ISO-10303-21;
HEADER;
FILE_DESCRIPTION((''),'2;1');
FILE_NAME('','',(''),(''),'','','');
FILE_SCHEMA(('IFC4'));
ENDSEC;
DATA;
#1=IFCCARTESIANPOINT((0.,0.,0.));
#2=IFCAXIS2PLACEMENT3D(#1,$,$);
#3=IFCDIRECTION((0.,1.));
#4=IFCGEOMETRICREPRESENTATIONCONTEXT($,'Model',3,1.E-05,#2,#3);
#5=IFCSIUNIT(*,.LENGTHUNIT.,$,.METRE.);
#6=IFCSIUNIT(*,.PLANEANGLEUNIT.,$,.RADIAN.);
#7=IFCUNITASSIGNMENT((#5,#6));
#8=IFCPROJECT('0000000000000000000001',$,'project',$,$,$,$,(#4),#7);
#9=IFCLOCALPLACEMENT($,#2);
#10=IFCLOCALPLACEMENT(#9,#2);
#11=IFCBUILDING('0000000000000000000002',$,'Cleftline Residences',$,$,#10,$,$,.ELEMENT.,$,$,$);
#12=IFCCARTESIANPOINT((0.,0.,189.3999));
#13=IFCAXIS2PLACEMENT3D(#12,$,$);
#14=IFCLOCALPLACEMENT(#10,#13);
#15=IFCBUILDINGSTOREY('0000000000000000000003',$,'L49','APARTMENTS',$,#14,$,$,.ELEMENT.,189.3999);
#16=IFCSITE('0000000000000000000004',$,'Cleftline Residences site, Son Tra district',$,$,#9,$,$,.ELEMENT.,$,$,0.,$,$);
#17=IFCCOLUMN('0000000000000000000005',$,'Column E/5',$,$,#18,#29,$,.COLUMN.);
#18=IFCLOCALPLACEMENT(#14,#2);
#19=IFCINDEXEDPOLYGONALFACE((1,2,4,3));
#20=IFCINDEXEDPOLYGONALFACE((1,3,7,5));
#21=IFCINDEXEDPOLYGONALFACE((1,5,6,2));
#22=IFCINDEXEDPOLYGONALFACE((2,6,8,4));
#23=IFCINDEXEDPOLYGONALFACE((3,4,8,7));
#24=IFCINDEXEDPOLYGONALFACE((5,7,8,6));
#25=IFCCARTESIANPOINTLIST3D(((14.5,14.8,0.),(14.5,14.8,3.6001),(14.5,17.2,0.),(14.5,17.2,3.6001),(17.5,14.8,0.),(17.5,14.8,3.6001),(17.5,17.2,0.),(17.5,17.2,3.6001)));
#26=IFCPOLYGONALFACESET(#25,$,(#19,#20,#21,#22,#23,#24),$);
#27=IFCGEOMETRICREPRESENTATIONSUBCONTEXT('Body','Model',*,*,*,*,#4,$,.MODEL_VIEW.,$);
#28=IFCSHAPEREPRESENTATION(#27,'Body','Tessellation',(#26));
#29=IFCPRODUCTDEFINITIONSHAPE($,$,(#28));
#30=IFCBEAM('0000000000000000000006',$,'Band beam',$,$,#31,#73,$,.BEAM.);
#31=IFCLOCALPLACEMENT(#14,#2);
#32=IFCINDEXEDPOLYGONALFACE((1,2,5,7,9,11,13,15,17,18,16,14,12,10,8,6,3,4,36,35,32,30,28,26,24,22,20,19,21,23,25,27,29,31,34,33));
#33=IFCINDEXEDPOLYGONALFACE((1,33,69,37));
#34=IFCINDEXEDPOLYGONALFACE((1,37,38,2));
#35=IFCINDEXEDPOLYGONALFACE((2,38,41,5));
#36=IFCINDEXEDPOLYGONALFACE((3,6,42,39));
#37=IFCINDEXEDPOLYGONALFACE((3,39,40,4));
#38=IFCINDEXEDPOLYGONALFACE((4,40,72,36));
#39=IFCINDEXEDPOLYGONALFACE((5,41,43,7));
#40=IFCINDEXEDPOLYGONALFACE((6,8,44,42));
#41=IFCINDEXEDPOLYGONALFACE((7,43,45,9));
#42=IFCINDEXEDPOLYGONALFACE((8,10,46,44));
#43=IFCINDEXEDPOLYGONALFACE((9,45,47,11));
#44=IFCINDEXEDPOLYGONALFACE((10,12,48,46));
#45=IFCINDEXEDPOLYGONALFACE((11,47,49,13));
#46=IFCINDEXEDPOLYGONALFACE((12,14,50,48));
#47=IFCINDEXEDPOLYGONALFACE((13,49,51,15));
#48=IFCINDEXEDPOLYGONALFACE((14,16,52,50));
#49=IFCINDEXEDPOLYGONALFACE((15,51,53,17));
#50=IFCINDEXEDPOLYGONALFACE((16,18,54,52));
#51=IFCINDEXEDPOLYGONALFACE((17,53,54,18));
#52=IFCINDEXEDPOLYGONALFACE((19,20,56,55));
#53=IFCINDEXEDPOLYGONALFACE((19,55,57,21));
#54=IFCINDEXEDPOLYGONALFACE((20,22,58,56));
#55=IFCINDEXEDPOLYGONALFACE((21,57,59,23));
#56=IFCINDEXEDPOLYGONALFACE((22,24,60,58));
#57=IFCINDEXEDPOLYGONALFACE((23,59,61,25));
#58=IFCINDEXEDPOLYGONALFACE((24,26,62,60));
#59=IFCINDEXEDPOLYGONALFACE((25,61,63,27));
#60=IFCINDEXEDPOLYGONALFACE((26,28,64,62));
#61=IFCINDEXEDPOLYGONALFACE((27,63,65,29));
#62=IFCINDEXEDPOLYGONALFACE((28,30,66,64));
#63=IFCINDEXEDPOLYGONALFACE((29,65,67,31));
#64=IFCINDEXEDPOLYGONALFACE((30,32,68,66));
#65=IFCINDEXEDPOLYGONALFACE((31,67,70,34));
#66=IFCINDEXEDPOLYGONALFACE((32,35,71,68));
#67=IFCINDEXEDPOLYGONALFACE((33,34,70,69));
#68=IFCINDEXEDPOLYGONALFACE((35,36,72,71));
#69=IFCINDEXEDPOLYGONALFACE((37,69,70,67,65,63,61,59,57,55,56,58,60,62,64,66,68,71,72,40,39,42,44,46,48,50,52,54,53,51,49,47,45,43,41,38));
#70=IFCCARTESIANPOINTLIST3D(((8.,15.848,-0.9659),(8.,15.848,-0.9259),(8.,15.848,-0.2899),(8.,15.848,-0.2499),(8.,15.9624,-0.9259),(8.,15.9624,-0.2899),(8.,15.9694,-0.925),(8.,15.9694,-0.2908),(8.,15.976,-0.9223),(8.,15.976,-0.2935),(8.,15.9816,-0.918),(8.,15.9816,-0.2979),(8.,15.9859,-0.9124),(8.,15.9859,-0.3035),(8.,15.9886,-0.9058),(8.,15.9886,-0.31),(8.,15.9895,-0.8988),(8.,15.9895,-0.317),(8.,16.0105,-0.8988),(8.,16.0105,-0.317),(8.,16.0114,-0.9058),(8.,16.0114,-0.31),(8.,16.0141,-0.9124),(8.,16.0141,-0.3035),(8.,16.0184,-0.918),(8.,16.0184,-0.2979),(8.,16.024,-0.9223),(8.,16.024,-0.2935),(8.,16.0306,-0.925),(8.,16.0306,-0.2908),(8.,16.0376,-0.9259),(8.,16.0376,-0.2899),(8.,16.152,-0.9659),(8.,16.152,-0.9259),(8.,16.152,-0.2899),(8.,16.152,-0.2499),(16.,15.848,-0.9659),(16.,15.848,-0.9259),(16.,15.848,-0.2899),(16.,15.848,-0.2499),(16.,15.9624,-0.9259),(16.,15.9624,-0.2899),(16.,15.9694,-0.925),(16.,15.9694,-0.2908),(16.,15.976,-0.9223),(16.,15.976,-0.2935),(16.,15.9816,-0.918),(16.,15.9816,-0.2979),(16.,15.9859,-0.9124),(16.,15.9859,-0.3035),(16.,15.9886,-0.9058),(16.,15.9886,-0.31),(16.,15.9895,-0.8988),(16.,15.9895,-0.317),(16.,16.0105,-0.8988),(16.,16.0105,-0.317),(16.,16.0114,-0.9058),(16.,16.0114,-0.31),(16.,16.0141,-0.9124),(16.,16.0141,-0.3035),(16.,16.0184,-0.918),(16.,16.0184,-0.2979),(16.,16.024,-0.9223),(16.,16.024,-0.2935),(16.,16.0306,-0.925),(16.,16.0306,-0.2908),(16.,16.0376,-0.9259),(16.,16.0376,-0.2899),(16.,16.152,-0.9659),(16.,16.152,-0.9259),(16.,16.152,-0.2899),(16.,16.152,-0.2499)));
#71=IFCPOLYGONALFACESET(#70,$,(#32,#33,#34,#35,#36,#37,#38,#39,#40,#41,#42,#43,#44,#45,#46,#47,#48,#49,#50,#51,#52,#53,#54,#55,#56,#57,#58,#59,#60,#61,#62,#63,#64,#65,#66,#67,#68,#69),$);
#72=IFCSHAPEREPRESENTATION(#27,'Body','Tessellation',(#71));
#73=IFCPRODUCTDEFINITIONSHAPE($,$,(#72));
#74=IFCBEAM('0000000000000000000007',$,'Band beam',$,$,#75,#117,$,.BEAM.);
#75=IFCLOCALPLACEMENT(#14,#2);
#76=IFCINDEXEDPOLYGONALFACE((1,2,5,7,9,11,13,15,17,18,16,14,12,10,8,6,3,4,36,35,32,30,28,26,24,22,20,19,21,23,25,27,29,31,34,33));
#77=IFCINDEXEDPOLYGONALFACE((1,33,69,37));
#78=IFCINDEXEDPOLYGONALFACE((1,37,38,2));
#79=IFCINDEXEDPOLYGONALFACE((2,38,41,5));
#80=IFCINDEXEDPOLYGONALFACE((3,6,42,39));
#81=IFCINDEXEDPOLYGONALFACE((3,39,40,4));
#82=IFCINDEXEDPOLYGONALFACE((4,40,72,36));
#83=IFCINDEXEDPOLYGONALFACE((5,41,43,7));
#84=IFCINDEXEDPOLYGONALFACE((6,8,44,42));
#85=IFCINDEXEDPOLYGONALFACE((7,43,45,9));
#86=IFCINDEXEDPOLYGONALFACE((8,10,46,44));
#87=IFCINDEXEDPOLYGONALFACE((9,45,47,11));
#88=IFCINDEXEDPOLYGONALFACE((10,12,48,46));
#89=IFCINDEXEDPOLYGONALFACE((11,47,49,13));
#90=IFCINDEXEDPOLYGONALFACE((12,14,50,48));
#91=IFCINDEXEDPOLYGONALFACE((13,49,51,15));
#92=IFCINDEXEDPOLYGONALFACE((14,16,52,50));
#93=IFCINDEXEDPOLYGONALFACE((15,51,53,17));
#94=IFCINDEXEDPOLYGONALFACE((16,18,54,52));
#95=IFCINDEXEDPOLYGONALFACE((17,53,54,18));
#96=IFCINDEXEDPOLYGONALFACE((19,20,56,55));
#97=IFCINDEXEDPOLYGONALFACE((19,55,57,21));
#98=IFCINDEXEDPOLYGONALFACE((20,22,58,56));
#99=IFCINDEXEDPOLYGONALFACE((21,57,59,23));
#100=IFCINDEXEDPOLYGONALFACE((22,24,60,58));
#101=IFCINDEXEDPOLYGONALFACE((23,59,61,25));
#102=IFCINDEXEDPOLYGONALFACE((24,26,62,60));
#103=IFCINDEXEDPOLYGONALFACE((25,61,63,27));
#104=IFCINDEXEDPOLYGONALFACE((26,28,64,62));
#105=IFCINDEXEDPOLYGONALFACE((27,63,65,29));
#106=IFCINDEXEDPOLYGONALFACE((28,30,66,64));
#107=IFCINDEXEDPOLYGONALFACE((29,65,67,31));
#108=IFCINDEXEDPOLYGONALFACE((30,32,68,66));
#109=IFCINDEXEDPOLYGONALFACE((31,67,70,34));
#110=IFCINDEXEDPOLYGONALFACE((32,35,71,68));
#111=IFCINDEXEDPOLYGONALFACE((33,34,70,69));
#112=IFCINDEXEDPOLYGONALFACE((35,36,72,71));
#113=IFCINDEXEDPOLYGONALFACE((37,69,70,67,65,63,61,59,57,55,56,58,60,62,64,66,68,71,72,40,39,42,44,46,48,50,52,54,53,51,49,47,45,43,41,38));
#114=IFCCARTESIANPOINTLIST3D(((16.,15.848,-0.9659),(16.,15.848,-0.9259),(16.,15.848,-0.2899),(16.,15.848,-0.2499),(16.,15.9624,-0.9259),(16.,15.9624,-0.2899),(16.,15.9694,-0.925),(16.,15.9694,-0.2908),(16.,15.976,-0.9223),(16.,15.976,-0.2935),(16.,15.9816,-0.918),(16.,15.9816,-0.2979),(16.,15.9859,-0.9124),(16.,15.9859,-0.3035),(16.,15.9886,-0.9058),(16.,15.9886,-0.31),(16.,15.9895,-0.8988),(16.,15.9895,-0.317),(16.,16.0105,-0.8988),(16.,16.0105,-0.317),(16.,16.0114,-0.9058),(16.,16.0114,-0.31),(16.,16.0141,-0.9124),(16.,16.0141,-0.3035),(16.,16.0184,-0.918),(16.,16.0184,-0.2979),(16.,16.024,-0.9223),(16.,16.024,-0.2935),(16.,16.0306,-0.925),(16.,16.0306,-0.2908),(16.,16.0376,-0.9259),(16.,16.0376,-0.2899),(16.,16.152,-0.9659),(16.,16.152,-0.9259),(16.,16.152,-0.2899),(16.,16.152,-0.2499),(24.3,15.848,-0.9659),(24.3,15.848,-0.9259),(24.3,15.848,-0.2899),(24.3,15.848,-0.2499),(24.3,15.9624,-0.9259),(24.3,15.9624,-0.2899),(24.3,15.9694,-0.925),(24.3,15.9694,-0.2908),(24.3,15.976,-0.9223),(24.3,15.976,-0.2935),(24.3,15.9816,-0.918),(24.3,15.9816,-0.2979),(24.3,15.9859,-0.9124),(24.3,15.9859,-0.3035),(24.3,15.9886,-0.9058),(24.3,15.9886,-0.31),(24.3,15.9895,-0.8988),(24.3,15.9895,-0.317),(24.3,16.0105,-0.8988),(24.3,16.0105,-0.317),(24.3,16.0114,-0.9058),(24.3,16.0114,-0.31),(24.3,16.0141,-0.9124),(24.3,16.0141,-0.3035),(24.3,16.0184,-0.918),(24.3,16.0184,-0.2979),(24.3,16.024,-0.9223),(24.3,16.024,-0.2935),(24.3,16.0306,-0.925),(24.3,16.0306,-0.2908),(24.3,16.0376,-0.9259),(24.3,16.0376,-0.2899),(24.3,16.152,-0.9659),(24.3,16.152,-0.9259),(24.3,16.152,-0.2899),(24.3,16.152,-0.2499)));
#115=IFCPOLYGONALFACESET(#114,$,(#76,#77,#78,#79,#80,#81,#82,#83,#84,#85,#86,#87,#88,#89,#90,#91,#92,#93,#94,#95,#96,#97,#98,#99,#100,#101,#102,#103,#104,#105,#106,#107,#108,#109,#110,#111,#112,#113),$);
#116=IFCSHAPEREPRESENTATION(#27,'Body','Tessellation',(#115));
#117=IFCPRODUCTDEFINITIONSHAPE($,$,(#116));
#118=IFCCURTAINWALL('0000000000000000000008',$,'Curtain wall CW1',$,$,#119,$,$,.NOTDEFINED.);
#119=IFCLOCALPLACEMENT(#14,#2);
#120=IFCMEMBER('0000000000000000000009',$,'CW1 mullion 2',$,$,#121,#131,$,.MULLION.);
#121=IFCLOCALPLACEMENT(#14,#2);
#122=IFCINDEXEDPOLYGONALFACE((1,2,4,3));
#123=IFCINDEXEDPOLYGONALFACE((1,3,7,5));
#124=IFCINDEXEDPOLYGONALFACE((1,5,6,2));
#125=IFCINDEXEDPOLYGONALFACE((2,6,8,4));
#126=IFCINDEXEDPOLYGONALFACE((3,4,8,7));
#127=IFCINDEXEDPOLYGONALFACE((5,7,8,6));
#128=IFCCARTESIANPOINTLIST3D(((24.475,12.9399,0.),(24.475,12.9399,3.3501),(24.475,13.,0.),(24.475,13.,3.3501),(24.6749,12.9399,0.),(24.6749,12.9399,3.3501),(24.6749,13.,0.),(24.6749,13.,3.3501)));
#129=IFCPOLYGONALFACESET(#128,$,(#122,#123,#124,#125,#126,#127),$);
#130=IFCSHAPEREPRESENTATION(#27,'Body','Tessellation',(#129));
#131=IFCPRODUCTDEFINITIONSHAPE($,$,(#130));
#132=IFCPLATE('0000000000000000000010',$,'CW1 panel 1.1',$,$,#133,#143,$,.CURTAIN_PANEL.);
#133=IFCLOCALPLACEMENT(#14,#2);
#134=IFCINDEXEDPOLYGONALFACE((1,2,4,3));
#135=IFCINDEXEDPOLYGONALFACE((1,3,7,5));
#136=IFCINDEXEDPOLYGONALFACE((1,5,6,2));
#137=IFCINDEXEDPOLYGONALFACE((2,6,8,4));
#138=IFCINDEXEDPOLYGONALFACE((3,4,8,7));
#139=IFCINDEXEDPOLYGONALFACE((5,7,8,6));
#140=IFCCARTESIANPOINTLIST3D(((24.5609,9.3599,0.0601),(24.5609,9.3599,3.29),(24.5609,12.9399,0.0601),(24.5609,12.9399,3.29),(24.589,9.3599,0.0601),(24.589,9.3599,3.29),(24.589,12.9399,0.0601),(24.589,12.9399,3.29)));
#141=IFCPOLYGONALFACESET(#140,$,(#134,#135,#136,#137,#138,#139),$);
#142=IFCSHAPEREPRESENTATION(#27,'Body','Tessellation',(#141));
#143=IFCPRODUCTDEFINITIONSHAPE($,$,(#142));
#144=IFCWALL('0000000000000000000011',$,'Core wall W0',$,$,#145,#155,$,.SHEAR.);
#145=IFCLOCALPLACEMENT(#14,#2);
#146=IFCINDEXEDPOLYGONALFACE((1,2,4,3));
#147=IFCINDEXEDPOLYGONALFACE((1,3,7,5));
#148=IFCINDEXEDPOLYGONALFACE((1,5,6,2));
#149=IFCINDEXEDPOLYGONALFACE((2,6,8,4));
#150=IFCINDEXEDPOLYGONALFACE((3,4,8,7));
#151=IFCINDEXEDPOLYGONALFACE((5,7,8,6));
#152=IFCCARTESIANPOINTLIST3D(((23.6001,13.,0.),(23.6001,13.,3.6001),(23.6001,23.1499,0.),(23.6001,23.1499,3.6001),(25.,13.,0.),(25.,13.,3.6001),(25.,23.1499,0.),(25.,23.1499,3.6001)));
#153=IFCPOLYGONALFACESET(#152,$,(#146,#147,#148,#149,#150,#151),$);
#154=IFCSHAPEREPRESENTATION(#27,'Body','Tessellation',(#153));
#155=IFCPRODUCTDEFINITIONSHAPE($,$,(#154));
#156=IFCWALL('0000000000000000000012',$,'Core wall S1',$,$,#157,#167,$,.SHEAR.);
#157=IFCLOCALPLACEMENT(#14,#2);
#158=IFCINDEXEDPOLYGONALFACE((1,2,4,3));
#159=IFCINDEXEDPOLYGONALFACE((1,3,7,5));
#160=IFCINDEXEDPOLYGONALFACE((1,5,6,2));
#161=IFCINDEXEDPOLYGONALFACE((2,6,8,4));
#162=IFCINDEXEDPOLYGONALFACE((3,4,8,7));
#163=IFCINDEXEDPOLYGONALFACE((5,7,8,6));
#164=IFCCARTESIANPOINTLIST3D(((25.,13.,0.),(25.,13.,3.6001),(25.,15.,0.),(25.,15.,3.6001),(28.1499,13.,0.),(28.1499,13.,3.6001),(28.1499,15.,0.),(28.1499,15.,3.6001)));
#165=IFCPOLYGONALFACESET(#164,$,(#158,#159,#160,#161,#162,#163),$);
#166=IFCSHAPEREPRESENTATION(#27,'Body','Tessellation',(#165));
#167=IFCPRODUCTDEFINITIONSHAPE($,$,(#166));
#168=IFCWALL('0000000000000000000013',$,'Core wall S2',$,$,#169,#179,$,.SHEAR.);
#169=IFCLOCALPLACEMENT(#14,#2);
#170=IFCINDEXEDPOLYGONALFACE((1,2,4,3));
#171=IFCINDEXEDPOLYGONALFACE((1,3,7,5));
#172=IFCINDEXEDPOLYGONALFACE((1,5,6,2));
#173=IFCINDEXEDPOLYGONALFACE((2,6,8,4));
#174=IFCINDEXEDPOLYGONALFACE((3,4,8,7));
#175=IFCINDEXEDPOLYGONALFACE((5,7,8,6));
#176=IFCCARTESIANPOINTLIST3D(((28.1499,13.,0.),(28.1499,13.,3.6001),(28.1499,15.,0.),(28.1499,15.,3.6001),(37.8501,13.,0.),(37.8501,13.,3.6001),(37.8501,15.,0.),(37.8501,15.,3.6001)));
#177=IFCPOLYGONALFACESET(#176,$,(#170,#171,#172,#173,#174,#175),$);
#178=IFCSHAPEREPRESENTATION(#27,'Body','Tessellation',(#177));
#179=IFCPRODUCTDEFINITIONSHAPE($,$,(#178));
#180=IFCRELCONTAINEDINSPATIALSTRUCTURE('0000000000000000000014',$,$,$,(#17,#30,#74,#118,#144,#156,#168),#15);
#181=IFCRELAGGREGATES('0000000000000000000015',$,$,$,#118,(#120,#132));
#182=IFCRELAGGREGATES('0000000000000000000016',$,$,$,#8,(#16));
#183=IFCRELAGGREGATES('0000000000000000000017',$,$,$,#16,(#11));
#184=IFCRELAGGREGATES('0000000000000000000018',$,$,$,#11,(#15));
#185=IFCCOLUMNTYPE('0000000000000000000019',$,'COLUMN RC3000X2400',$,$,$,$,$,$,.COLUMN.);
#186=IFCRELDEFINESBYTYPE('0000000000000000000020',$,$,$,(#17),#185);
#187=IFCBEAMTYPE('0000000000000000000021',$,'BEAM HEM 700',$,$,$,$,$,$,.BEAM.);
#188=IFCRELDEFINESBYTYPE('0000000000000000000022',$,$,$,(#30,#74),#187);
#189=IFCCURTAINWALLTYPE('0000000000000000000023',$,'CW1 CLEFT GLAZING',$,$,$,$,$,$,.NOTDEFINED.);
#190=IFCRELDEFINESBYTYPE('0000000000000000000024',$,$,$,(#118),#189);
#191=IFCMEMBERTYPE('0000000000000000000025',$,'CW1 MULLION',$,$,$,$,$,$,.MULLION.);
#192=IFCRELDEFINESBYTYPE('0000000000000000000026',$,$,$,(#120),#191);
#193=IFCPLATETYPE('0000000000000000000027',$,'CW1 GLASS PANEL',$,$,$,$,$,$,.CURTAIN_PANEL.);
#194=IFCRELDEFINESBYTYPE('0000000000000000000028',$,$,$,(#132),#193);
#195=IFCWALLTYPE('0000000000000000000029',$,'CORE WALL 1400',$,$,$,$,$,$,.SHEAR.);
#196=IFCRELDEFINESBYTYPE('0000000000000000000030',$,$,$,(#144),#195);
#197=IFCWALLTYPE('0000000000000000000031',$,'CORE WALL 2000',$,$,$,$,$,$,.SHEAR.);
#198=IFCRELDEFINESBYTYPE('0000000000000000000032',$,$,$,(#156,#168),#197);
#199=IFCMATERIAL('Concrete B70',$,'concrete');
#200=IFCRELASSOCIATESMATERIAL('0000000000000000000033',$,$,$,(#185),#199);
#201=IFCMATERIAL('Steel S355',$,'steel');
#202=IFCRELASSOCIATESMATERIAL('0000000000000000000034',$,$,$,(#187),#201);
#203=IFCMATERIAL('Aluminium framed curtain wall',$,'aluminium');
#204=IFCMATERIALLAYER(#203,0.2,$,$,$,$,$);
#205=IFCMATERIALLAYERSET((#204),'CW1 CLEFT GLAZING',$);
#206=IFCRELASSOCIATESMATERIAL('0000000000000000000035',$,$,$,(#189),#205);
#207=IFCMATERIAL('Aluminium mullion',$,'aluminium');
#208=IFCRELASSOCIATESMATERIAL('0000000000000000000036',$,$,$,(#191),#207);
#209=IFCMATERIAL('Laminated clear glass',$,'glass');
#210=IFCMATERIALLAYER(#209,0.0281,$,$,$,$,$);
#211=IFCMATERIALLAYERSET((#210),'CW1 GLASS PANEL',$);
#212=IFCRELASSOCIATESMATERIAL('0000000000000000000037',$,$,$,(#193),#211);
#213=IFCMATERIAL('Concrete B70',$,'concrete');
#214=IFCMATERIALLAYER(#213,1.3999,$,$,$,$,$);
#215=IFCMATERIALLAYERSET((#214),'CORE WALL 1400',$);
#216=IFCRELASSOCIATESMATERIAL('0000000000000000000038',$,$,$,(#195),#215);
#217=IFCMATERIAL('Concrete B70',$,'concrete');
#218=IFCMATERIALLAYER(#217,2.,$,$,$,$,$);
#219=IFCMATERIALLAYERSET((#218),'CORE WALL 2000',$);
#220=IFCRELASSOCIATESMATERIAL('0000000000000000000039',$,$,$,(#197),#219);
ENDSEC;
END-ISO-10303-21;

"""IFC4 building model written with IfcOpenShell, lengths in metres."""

from ifc_helpers import new_model, si_unit, direction, frame, frame_2d, origin, origin_2d, place, context, subcontext, project, spatial, rectangle, i_section, extrude, material, layer, layer_set, material_profile, profile_set, type_object, element, aggregate, save


model = new_model("IFC4")

# Units and contexts
model_context = context("Model", 3, precision=1e-05, world=origin(), true_north=direction((0.0, 1.0)))
body_context = subcontext(model_context, "Body", "Model", "MODEL_VIEW")
ifc_project = project(units=[si_unit("LENGTHUNIT", "METRE"), si_unit("PLANEANGLEUNIT", "RADIAN")], contexts=[model_context])

# Site, building, storey
site_placement = place(None, origin())
site = spatial("IfcSite", under=ifc_project, at=site_placement, Name="Cleftline Residences site, Son Tra district", CompositionType="ELEMENT", RefElevation=0.0)
building_placement = place(site_placement, origin())
building = spatial("IfcBuilding", under=site, at=building_placement, Name="Cleftline Residences", CompositionType="ELEMENT")
storey_placement = place(building_placement, frame((0.0, 0.0, 189.3999)))
storey = spatial("IfcBuildingStorey", under=building, at=storey_placement, Name="L49", Description="APARTMENTS", CompositionType="ELEMENT", Elevation=189.3999)

# Column
ifc_material_1 = material(Name="Concrete B70", Category="concrete")
ifc_material_profile_1 = material_profile(ifc_material_1, rectangle(XDim=3.0, YDim=2.3999, at=origin_2d()))
ifc_profile_set_1 = profile_set([ifc_material_profile_1], Name="Concrete B70")
column_type = type_object("IfcColumnType", Name="COLUMN RC3000X2400", PredefinedType="COLUMN", material=ifc_profile_set_1)
column_placement = place(storey_placement, frame((16.0, 16.0, 0.0), z_axis=(0.0, 0.0, 1.0), x_axis=(1.0, 0.0, 0.0)))
element("IfcColumn", 1, at=column_placement, inside=storey, type_object=column_type, Name="Column E/5", PredefinedType="COLUMN", context=body_context, shape_type="SweptSolid", body=[
    extrude(rectangle(XDim=3.0, YDim=2.3999, at=origin_2d()), origin(), (0.0, 0.0, 1.0), 3.6001),
])

# Beams
ifc_material_2 = material(Name="Steel S355", Category="steel")
ifc_material_profile_2 = material_profile(ifc_material_2, i_section(OverallWidth=0.304, OverallDepth=0.7161, WebThickness=0.021, FlangeThickness=0.04, FilletRadius=0.0271, at=origin_2d()))
ifc_profile_set_2 = profile_set([ifc_material_profile_2], Name="Steel S355")
beam_type = type_object("IfcBeamType", Name="BEAM HEM 700", PredefinedType="BEAM", material=ifc_profile_set_2)
beam_1_placement = place(storey_placement, frame((8.0, 16.0, -0.6079), z_axis=(1.0, 0.0, 0.0), x_axis=(0.0, 1.0, 0.0)))
element("IfcBeam", 2, at=beam_1_placement, inside=storey, type_object=beam_type, Name="Band beam", PredefinedType="BEAM", context=body_context, shape_type="SweptSolid", body=[
    extrude(i_section(OverallWidth=0.304, OverallDepth=0.7161, WebThickness=0.021, FlangeThickness=0.04, FilletRadius=0.0271, at=origin_2d()), origin(), (0.0, 0.0, 1.0), 8.0),
])
beam_2_placement = place(storey_placement, frame((16.0, 16.0, -0.6079), z_axis=(1.0, 0.0, 0.0), x_axis=(0.0, 1.0, 0.0)))
element("IfcBeam", 3, at=beam_2_placement, inside=storey, type_object=beam_type, Name="Band beam", PredefinedType="BEAM", context=body_context, shape_type="SweptSolid", body=[
    extrude(i_section(OverallWidth=0.304, OverallDepth=0.7161, WebThickness=0.021, FlangeThickness=0.04, FilletRadius=0.0271, at=origin_2d()), origin(), (0.0, 0.0, 1.0), 8.3),
])

# Curtain wall, member, plate
ifc_material_3 = material(Name="Aluminium framed curtain wall", Category="aluminium")
ifc_layer_1 = layer(ifc_material_3, 0.2)
ifc_layer_set_1 = layer_set([ifc_layer_1], Name="CW1 CLEFT GLAZING")
curtain_wall_type = type_object("IfcCurtainWallType", Name="CW1 CLEFT GLAZING", PredefinedType="NOTDEFINED", material=ifc_layer_set_1)
curtain_wall_placement = place(storey_placement, origin())
curtain_wall = element("IfcCurtainWall", 4, at=curtain_wall_placement, inside=storey, type_object=curtain_wall_type, Name="Curtain wall CW1", PredefinedType="NOTDEFINED")
ifc_material_4 = material(Name="Aluminium mullion", Category="aluminium")
ifc_material_profile_3 = material_profile(ifc_material_4, rectangle(XDim=0.2, YDim=0.0601, at=origin_2d()))
ifc_profile_set_3 = profile_set([ifc_material_profile_3], Name="Aluminium mullion")
member_type = type_object("IfcMemberType", Name="CW1 MULLION", PredefinedType="MULLION", material=ifc_profile_set_3)
member_placement = place(storey_placement, frame((24.575, 12.97, 0.0), z_axis=(0.0, 0.0, 1.0), x_axis=(-1.0, 0.0, 0.0)))
member = element("IfcMember", 5, at=member_placement, type_object=member_type, Name="CW1 mullion 2", PredefinedType="MULLION", context=body_context, shape_type="SweptSolid", body=[
    extrude(rectangle(XDim=0.2, YDim=0.0601, at=origin_2d()), origin(), (0.0, 0.0, 1.0), 3.3501),
])
ifc_material_5 = material(Name="Laminated clear glass", Category="glass")
ifc_layer_2 = layer(ifc_material_5, 0.0281)
ifc_layer_set_2 = layer_set([ifc_layer_2], Name="CW1 GLASS PANEL")
plate_type = type_object("IfcPlateType", Name="CW1 GLASS PANEL", PredefinedType="CURTAIN_PANEL", material=ifc_layer_set_2)
plate_placement = place(storey_placement, frame((24.575, 11.1499, 0.0601), z_axis=(0.0, 0.0, 1.0), x_axis=(0.0, 1.0, 0.0)))
plate = element("IfcPlate", 6, at=plate_placement, type_object=plate_type, Name="CW1 panel 1.1", PredefinedType="CURTAIN_PANEL", context=body_context, shape_type="SweptSolid", body=[
    extrude(rectangle(XDim=3.5801, YDim=0.0281, at=origin_2d()), origin(), (0.0, 0.0, 1.0), 3.23),
])
aggregate(curtain_wall, [member, plate])

# Wall
ifc_material_6 = material(Name="Concrete B70", Category="concrete")
ifc_layer_3 = layer(ifc_material_6, 1.3999)
ifc_layer_set_3 = layer_set([ifc_layer_3], Name="CORE WALL 1400")
wall_type_1 = type_object("IfcWallType", Name="CORE WALL 1400", PredefinedType="SHEAR", material=ifc_layer_set_3)
wall_1_placement = place(storey_placement, frame((24.3, 13.0, 0.0), z_axis=(0.0, 0.0, 1.0), x_axis=(0.0, 1.0, 0.0)))
element("IfcWall", 7, at=wall_1_placement, inside=storey, type_object=wall_type_1, Name="Core wall W0", PredefinedType="SHEAR", context=body_context, shape_type="SweptSolid", body=[
    extrude(rectangle(XDim=10.1499, YDim=1.3999, at=frame_2d((5.075, 0.0))), origin(), (0.0, 0.0, 1.0), 3.6001),
])

# Walls
ifc_material_7 = material(Name="Concrete B70", Category="concrete")
ifc_layer_4 = layer(ifc_material_7, 2.0)
ifc_layer_set_4 = layer_set([ifc_layer_4], Name="CORE WALL 2000")
wall_type_2 = type_object("IfcWallType", Name="CORE WALL 2000", PredefinedType="SHEAR", material=ifc_layer_set_4)
wall_2_placement = place(storey_placement, frame((25.0, 14.0, 0.0), z_axis=(0.0, 0.0, 1.0), x_axis=(1.0, 0.0, 0.0)))
element("IfcWall", 8, at=wall_2_placement, inside=storey, type_object=wall_type_2, Name="Core wall S1", PredefinedType="SHEAR", context=body_context, shape_type="SweptSolid", body=[
    extrude(rectangle(XDim=3.1499, YDim=2.0, at=frame_2d((1.575, 0.0))), origin(), (0.0, 0.0, 1.0), 3.6001),
])
wall_3_placement = place(storey_placement, frame((28.1499, 14.0, 0.0), z_axis=(0.0, 0.0, 1.0), x_axis=(1.0, 0.0, 0.0)))
element("IfcWall", 9, at=wall_3_placement, inside=storey, type_object=wall_type_2, Name="Core wall S2", PredefinedType="SHEAR", context=body_context, shape_type="SweptSolid", body=[
    extrude(rectangle(XDim=9.7002, YDim=2.0, at=frame_2d((4.8501, 0.0))), origin(), (0.0, 0.0, 1.0), 3.6001),
])

save(model, "model.ifc")
